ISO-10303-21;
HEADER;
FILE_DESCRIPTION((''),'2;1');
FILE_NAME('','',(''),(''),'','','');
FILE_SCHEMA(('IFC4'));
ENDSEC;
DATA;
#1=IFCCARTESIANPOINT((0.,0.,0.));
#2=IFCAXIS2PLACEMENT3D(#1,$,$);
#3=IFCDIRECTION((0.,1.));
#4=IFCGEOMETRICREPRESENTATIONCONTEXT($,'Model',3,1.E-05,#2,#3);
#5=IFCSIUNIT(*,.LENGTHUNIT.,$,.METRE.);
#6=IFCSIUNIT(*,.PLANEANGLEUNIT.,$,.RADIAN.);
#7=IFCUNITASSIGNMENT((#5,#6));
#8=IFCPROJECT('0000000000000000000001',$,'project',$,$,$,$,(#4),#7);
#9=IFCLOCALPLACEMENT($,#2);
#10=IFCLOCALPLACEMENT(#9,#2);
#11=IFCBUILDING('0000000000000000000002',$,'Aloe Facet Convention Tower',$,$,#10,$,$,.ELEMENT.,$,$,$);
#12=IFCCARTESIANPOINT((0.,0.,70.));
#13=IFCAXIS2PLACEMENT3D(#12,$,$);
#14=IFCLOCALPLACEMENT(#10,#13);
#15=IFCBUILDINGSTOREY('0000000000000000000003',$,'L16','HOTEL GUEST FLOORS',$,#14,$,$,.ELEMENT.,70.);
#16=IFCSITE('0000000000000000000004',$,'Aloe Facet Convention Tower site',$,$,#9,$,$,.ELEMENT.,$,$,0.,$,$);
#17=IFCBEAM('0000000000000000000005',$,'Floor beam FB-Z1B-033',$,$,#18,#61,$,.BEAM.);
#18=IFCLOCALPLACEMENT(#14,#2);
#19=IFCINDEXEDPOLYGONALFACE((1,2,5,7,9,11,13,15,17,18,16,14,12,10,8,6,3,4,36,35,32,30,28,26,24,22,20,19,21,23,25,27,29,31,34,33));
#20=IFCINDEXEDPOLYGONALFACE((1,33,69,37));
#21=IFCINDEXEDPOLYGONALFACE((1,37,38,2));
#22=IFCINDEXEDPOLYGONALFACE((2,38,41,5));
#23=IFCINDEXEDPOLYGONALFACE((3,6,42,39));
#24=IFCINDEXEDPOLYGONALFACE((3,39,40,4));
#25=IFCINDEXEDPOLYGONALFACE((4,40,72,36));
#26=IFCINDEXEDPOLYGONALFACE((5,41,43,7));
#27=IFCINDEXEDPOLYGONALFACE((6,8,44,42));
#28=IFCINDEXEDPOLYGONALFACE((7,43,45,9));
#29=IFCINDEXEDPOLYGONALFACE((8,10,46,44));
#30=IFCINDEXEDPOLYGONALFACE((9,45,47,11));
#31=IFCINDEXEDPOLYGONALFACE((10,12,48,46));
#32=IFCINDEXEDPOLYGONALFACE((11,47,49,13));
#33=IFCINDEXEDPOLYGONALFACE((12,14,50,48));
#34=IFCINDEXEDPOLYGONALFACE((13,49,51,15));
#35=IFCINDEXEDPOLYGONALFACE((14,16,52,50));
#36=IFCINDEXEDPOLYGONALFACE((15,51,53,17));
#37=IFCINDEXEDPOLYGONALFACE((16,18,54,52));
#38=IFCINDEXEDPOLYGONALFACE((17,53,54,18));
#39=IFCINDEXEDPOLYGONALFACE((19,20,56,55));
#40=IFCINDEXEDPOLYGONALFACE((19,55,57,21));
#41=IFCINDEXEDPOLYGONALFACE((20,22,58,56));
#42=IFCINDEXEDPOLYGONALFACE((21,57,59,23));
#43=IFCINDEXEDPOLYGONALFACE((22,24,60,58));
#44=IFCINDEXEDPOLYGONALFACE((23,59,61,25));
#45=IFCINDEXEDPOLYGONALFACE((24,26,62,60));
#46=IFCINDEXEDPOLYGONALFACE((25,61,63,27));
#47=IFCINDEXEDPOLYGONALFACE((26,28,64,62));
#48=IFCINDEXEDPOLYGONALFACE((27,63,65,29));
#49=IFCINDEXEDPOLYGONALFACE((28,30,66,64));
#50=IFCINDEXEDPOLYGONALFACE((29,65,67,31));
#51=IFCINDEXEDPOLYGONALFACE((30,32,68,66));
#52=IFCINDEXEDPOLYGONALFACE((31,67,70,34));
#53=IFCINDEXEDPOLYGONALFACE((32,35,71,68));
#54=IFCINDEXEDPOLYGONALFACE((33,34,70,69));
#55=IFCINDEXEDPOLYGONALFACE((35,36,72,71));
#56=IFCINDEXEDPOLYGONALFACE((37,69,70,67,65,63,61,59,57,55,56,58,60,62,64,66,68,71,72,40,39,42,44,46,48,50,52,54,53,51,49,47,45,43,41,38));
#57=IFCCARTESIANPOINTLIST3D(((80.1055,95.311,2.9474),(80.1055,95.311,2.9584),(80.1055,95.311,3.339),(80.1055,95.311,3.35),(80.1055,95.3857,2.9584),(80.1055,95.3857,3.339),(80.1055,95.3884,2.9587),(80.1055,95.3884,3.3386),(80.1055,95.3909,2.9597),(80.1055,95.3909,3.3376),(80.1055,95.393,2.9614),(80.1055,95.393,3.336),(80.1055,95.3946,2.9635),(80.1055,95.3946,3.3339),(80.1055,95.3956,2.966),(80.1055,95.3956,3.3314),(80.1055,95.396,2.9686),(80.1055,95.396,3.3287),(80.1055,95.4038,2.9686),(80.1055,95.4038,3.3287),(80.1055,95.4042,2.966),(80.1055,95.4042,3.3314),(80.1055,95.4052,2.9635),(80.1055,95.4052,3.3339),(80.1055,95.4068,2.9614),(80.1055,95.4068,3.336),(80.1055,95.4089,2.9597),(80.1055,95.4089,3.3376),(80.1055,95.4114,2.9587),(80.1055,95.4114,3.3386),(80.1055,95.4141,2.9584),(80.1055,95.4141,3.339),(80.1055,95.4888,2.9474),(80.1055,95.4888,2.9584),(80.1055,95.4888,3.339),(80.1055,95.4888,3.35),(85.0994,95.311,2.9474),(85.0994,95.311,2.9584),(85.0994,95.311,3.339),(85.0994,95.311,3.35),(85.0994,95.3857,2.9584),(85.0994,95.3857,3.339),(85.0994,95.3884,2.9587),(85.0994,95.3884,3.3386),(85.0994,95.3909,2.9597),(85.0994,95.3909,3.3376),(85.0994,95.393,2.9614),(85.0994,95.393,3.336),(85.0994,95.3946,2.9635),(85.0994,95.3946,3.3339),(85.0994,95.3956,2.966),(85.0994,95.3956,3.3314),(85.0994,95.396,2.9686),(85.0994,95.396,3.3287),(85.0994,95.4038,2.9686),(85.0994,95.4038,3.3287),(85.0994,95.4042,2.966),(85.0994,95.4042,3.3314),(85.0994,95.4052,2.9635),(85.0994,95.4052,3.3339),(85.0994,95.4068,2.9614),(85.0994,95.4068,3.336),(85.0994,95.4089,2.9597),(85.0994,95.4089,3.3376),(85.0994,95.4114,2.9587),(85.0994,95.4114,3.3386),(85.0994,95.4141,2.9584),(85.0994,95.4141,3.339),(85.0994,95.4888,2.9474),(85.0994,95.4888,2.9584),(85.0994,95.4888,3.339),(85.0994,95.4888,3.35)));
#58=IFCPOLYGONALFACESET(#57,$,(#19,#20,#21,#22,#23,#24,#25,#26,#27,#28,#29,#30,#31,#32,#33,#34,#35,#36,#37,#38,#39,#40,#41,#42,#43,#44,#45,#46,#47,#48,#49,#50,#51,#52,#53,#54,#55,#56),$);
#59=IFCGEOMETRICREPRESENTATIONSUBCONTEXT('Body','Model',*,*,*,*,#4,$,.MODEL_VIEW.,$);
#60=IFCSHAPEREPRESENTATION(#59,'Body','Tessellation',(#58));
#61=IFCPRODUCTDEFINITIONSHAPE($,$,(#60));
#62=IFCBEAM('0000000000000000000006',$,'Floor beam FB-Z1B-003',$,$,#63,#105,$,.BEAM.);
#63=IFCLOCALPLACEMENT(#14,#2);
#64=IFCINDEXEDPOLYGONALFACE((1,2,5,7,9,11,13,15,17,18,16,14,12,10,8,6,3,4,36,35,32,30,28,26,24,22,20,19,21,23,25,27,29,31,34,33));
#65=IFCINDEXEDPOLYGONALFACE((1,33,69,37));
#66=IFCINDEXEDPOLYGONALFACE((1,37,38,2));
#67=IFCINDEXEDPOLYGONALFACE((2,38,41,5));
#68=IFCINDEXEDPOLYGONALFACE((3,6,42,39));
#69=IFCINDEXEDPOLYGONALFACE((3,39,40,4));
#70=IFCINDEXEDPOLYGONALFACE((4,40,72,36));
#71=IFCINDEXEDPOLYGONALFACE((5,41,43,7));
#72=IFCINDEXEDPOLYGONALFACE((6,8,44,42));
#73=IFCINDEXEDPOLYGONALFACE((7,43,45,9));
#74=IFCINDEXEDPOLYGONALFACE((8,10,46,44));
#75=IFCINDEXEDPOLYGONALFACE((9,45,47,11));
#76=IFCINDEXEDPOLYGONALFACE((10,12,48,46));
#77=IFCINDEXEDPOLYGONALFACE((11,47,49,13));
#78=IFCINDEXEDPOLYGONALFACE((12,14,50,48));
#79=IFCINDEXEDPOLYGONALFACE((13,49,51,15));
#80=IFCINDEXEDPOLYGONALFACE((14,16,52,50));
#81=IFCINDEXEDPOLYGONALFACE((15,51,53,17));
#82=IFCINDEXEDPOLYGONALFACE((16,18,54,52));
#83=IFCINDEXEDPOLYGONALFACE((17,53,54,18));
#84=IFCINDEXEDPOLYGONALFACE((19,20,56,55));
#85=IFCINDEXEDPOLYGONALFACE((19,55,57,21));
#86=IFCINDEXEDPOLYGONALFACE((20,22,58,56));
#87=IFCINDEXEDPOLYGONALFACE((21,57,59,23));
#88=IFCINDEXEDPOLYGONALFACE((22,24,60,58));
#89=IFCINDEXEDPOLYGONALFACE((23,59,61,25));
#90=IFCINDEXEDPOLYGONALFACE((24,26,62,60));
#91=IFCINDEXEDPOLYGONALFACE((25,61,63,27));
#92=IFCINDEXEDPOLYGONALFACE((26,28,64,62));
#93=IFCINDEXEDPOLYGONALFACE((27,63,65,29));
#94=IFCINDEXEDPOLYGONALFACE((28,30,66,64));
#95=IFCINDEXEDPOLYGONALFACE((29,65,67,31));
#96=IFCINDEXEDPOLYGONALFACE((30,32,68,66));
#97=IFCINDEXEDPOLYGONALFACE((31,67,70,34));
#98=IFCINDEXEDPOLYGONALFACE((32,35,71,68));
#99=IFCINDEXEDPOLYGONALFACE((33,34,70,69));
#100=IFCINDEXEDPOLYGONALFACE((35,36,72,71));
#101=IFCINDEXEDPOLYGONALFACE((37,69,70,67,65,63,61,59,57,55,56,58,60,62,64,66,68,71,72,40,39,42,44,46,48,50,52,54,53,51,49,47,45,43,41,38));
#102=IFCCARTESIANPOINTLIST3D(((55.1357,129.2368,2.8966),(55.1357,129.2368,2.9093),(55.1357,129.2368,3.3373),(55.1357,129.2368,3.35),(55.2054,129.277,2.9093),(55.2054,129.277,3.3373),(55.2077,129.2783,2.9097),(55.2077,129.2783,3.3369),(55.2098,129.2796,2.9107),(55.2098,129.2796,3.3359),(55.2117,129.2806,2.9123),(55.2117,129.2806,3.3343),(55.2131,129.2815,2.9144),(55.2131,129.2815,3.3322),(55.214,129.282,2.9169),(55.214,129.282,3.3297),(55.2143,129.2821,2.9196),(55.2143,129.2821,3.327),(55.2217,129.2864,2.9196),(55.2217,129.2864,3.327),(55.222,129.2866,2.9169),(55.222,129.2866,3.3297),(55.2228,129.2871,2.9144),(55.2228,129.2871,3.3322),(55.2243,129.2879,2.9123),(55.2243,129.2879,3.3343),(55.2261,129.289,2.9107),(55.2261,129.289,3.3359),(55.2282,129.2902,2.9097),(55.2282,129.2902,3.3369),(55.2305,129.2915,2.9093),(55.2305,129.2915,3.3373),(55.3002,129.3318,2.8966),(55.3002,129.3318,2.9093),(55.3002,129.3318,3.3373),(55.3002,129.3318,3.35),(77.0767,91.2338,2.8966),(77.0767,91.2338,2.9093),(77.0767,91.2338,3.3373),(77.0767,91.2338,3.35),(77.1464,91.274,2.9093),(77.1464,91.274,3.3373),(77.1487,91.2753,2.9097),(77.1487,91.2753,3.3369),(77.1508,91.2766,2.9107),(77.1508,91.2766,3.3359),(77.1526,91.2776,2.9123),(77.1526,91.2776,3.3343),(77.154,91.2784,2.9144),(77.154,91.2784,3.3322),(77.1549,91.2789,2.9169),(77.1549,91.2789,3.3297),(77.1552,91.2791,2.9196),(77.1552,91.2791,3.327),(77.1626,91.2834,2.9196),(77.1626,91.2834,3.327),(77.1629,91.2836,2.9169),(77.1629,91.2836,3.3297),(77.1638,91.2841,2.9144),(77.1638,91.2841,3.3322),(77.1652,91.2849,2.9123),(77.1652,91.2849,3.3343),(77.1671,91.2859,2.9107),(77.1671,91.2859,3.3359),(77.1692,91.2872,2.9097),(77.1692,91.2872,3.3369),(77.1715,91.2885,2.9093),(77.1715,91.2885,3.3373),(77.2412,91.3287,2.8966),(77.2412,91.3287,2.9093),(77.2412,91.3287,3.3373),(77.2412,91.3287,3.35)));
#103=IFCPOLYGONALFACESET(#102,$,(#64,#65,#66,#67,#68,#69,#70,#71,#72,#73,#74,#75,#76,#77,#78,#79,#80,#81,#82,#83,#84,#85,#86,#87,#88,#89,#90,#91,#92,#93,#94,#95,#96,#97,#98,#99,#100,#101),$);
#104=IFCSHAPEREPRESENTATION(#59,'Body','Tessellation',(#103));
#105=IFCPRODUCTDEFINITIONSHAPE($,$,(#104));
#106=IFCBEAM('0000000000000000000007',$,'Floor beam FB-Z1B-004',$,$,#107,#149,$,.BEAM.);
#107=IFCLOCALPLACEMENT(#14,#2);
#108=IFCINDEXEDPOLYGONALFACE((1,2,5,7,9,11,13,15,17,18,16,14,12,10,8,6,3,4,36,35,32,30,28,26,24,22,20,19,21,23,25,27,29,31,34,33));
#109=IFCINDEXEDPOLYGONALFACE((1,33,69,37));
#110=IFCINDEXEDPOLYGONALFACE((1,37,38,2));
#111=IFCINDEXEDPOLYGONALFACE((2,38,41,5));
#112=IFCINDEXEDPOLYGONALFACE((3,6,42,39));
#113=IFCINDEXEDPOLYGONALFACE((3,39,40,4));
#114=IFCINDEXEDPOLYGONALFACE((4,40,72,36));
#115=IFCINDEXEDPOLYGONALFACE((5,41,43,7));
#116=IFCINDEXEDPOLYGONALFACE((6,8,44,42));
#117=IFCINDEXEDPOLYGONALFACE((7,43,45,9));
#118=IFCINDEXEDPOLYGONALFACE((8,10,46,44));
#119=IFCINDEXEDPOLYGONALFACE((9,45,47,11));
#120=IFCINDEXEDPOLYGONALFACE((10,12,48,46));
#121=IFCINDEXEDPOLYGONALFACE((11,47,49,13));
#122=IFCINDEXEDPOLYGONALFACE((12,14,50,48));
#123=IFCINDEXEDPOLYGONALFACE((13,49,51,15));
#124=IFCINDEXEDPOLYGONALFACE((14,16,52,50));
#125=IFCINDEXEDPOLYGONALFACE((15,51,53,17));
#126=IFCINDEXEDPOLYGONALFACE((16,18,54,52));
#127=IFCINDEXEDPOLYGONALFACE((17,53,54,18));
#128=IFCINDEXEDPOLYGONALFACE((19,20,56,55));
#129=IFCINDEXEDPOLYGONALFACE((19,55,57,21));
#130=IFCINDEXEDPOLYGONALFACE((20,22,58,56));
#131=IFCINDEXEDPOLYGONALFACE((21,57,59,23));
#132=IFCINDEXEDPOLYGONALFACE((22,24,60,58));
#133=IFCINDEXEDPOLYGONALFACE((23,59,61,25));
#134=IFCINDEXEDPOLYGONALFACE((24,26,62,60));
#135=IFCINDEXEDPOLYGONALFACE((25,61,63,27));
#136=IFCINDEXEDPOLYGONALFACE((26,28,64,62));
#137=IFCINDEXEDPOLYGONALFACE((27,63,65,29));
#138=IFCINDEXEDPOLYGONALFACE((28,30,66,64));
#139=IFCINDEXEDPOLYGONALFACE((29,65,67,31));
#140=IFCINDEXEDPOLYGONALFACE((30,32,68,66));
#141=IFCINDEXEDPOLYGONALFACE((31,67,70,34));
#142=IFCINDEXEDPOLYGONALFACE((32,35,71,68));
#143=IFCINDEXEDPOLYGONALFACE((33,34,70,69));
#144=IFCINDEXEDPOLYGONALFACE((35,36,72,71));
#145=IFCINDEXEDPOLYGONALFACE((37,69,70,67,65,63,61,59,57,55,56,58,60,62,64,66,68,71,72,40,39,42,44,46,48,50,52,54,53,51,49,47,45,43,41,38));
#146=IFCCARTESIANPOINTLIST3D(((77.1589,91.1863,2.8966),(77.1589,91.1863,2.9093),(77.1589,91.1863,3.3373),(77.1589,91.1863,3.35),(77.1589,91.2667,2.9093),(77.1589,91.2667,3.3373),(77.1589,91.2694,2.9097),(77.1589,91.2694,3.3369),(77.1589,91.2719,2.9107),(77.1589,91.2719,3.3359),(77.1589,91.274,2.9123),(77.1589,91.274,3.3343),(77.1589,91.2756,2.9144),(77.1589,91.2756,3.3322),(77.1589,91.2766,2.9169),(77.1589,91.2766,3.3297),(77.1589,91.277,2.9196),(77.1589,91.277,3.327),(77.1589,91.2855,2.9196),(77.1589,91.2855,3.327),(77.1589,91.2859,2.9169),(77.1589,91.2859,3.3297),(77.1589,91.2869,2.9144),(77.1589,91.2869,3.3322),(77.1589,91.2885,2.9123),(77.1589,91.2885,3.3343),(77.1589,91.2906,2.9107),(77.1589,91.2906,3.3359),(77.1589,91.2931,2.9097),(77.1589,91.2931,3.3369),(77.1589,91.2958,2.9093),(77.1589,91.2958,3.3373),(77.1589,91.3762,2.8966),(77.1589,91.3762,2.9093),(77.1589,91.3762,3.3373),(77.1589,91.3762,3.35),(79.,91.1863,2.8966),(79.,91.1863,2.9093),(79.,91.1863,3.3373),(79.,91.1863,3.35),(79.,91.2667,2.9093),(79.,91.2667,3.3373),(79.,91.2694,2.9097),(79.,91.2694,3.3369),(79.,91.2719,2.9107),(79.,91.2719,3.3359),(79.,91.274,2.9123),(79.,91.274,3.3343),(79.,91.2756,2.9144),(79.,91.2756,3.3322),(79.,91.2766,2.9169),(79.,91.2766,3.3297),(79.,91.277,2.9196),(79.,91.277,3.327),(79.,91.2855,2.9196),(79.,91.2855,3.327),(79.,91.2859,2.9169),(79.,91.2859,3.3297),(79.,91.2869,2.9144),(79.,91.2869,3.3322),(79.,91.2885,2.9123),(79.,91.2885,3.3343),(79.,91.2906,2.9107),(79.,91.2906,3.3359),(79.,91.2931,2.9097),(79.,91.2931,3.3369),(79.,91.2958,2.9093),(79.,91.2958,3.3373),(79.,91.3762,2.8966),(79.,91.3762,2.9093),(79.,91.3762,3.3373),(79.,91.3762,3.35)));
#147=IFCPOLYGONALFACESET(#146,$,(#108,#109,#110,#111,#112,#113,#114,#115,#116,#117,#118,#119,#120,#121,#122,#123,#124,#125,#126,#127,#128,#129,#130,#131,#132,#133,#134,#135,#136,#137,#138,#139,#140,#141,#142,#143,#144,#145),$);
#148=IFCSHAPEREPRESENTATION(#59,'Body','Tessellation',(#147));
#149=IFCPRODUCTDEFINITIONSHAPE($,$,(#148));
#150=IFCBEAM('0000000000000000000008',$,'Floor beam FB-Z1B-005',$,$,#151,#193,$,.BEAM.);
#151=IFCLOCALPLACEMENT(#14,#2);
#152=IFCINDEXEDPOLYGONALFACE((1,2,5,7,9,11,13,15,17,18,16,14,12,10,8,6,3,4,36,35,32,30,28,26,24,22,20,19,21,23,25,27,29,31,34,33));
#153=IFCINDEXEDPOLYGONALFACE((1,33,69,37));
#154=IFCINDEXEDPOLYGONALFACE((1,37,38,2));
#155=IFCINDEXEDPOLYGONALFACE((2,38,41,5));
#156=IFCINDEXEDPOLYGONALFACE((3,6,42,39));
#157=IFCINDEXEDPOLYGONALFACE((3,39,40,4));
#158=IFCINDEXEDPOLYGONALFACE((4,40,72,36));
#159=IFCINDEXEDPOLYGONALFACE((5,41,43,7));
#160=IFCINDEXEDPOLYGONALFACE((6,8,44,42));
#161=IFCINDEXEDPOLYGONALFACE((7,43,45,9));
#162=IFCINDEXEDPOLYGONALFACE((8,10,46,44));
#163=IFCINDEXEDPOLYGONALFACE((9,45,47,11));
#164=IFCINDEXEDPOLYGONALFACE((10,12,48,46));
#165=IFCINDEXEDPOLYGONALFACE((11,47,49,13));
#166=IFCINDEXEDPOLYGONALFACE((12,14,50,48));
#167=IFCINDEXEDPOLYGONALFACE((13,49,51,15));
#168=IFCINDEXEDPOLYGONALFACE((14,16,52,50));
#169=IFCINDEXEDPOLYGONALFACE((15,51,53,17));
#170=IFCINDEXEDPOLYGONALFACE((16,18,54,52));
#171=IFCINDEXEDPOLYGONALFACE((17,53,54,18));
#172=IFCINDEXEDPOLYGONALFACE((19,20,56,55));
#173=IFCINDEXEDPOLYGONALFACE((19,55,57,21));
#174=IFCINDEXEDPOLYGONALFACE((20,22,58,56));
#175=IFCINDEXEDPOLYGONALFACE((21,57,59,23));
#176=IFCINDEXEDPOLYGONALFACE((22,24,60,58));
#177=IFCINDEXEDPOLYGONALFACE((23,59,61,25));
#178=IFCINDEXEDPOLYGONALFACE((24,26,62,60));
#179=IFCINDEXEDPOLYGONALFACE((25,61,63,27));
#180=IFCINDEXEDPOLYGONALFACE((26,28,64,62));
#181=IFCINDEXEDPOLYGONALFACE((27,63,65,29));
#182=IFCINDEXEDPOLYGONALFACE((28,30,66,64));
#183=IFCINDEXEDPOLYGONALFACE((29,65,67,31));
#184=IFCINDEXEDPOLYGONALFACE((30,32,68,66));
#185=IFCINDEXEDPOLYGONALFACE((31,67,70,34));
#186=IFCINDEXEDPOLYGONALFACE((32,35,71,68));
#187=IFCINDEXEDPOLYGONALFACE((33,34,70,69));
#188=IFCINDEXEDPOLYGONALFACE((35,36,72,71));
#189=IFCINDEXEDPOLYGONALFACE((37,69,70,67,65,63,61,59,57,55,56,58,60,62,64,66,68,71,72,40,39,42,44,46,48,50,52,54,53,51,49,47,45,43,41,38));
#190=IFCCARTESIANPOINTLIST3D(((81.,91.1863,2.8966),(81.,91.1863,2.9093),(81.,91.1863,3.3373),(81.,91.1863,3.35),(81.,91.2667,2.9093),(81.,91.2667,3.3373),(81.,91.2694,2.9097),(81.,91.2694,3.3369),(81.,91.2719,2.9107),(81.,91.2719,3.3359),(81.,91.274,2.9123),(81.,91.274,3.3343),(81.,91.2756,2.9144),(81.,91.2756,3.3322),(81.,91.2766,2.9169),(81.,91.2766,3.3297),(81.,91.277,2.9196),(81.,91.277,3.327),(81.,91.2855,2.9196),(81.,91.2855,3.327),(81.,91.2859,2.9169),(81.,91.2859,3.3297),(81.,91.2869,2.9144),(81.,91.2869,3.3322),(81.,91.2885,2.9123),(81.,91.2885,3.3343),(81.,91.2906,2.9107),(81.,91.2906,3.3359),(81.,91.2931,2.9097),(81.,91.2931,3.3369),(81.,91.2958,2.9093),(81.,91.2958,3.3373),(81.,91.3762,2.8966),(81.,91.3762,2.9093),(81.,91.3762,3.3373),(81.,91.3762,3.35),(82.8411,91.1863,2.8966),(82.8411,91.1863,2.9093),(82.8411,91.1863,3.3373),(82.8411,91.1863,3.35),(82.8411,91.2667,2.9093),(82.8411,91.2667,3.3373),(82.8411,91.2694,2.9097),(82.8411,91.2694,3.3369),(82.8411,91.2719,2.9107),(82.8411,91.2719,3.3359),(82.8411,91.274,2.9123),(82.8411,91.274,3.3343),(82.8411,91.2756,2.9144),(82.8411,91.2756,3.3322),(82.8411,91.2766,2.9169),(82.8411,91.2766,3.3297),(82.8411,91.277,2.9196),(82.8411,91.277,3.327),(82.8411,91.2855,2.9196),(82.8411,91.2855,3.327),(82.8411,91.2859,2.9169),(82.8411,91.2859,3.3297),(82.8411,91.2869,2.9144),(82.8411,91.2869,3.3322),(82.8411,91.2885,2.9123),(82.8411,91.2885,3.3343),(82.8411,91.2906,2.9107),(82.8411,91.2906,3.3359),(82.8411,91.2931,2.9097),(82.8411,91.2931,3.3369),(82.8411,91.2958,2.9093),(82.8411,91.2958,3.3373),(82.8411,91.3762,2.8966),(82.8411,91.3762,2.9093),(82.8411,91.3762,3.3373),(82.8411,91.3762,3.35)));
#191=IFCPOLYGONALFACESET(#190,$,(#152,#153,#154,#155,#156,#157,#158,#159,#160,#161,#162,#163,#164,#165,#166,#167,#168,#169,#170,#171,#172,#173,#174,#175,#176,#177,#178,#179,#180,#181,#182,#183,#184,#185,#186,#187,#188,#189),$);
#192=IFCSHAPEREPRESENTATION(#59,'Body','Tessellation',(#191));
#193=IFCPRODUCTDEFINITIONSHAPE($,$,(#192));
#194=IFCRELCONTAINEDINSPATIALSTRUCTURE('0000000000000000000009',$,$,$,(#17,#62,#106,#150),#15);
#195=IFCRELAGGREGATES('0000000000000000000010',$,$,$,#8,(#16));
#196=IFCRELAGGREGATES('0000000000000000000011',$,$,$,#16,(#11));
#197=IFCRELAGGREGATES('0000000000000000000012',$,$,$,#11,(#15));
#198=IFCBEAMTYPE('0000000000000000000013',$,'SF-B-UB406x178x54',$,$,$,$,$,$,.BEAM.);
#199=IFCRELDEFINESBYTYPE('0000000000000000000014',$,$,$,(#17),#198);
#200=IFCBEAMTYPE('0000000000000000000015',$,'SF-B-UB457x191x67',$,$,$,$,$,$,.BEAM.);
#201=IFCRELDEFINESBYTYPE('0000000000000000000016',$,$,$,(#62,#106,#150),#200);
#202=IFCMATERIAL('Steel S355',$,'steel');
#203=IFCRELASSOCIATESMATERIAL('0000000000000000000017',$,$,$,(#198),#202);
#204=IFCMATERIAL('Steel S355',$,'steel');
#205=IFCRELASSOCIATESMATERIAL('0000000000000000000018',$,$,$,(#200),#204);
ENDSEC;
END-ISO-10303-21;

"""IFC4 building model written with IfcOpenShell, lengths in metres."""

from ifc_helpers import new_model, si_unit, direction, frame, origin, origin_2d, place, context, subcontext, project, spatial, i_section, extrude, material, material_profile, profile_set, type_object, element, save


model = new_model("IFC4")

# Units and contexts
model_context = context("Model", 3, precision=1e-05, world=origin(), true_north=direction((0.0, 1.0)))
body_context = subcontext(model_context, "Body", "Model", "MODEL_VIEW")
ifc_project = project(units=[si_unit("LENGTHUNIT", "METRE"), si_unit("PLANEANGLEUNIT", "RADIAN")], contexts=[model_context])

# Site, building, storey
site_placement = place(None, origin())
site = spatial("IfcSite", under=ifc_project, at=site_placement, Name="Aloe Facet Convention Tower site", CompositionType="ELEMENT", RefElevation=0.0)
building_placement = place(site_placement, origin())
building = spatial("IfcBuilding", under=site, at=building_placement, Name="Aloe Facet Convention Tower", CompositionType="ELEMENT")
storey_placement = place(building_placement, frame((0.0, 0.0, 70.0)))
storey = spatial("IfcBuildingStorey", under=building, at=storey_placement, Name="L16", Description="HOTEL GUEST FLOORS", CompositionType="ELEMENT", Elevation=70.0)

# Beams
ifc_material_1 = material(Name="Steel S355", Category="steel")
ifc_material_profile_1 = material_profile(ifc_material_1, i_section(OverallWidth=0.1777, OverallDepth=0.4026, WebThickness=0.0078, FlangeThickness=0.011, FilletRadius=0.0103, at=origin_2d()), Name="UB 406x178x54")
ifc_profile_set_1 = profile_set([ifc_material_profile_1], Name="Steel S355")
beam_type_1 = type_object("IfcBeamType", Name="SF-B-UB406x178x54", PredefinedType="BEAM", material=ifc_profile_set_1)
beam_1_placement = place(storey_placement, frame((80.1055, 95.3999, 3.1487), z_axis=(1.0, 0.0, 0.0), x_axis=(0.0, 1.0, 0.0)))
element("IfcBeam", 1, at=beam_1_placement, inside=storey, type_object=beam_type_1, Name="Floor beam FB-Z1B-033", PredefinedType="BEAM", context=body_context, shape_type="SweptSolid", body=[
    extrude(i_section(OverallWidth=0.1777, OverallDepth=0.4026, WebThickness=0.0078, FlangeThickness=0.011, FilletRadius=0.0103, at=origin_2d()), origin(), (0.0, 0.0, 1.0), 4.9939),
])
ifc_material_2 = material(Name="Steel S355", Category="steel")
ifc_material_profile_2 = material_profile(ifc_material_2, i_section(OverallWidth=0.1899, OverallDepth=0.4534, WebThickness=0.0085, FlangeThickness=0.0127, FilletRadius=0.0103, at=origin_2d()), Name="UB 457x191x67")
ifc_profile_set_2 = profile_set([ifc_material_profile_2], Name="Steel S355")
beam_type_2 = type_object("IfcBeamType", Name="SF-B-UB457x191x67", PredefinedType="BEAM", material=ifc_profile_set_2)
beam_2_placement = place(storey_placement, frame((77.1589, 91.2812, 3.1233), z_axis=(-0.499999, 0.866026, 0.0), x_axis=(-0.866026, -0.499999, 0.0)))
element("IfcBeam", 2, at=beam_2_placement, inside=storey, type_object=beam_type_2, Name="Floor beam FB-Z1B-003", PredefinedType="BEAM", context=body_context, shape_type="SweptSolid", body=[
    extrude(i_section(OverallWidth=0.1899, OverallDepth=0.4534, WebThickness=0.0085, FlangeThickness=0.0127, FilletRadius=0.0103, at=origin_2d()), origin(), (0.0, 0.0, 1.0), 43.8821),
])
for number, where, z_axis, x_axis, name in (
    (3, (79.0, 91.2812, 3.1233), (-1.0, 0.0, 0.0), (0.0, -1.0, 0.0), "Floor beam FB-Z1B-004"),
    (4, (82.8411, 91.2812, 3.1233), (-1.0, 0.0, 0.0), (0.0, -1.0, 0.0), "Floor beam FB-Z1B-005"),
):
    element("IfcBeam", number, at=place(storey_placement, frame(where, z_axis=z_axis, x_axis=x_axis)), inside=storey, type_object=beam_type_2, Name=name, PredefinedType="BEAM", context=body_context, shape_type="SweptSolid", body=[
        extrude(i_section(OverallWidth=0.1899, OverallDepth=0.4534, WebThickness=0.0085, FlangeThickness=0.0127, FilletRadius=0.0103, at=origin_2d()), origin(), (0.0, 0.0, 1.0), 1.8411),
    ])

save(model, "model.ifc")
